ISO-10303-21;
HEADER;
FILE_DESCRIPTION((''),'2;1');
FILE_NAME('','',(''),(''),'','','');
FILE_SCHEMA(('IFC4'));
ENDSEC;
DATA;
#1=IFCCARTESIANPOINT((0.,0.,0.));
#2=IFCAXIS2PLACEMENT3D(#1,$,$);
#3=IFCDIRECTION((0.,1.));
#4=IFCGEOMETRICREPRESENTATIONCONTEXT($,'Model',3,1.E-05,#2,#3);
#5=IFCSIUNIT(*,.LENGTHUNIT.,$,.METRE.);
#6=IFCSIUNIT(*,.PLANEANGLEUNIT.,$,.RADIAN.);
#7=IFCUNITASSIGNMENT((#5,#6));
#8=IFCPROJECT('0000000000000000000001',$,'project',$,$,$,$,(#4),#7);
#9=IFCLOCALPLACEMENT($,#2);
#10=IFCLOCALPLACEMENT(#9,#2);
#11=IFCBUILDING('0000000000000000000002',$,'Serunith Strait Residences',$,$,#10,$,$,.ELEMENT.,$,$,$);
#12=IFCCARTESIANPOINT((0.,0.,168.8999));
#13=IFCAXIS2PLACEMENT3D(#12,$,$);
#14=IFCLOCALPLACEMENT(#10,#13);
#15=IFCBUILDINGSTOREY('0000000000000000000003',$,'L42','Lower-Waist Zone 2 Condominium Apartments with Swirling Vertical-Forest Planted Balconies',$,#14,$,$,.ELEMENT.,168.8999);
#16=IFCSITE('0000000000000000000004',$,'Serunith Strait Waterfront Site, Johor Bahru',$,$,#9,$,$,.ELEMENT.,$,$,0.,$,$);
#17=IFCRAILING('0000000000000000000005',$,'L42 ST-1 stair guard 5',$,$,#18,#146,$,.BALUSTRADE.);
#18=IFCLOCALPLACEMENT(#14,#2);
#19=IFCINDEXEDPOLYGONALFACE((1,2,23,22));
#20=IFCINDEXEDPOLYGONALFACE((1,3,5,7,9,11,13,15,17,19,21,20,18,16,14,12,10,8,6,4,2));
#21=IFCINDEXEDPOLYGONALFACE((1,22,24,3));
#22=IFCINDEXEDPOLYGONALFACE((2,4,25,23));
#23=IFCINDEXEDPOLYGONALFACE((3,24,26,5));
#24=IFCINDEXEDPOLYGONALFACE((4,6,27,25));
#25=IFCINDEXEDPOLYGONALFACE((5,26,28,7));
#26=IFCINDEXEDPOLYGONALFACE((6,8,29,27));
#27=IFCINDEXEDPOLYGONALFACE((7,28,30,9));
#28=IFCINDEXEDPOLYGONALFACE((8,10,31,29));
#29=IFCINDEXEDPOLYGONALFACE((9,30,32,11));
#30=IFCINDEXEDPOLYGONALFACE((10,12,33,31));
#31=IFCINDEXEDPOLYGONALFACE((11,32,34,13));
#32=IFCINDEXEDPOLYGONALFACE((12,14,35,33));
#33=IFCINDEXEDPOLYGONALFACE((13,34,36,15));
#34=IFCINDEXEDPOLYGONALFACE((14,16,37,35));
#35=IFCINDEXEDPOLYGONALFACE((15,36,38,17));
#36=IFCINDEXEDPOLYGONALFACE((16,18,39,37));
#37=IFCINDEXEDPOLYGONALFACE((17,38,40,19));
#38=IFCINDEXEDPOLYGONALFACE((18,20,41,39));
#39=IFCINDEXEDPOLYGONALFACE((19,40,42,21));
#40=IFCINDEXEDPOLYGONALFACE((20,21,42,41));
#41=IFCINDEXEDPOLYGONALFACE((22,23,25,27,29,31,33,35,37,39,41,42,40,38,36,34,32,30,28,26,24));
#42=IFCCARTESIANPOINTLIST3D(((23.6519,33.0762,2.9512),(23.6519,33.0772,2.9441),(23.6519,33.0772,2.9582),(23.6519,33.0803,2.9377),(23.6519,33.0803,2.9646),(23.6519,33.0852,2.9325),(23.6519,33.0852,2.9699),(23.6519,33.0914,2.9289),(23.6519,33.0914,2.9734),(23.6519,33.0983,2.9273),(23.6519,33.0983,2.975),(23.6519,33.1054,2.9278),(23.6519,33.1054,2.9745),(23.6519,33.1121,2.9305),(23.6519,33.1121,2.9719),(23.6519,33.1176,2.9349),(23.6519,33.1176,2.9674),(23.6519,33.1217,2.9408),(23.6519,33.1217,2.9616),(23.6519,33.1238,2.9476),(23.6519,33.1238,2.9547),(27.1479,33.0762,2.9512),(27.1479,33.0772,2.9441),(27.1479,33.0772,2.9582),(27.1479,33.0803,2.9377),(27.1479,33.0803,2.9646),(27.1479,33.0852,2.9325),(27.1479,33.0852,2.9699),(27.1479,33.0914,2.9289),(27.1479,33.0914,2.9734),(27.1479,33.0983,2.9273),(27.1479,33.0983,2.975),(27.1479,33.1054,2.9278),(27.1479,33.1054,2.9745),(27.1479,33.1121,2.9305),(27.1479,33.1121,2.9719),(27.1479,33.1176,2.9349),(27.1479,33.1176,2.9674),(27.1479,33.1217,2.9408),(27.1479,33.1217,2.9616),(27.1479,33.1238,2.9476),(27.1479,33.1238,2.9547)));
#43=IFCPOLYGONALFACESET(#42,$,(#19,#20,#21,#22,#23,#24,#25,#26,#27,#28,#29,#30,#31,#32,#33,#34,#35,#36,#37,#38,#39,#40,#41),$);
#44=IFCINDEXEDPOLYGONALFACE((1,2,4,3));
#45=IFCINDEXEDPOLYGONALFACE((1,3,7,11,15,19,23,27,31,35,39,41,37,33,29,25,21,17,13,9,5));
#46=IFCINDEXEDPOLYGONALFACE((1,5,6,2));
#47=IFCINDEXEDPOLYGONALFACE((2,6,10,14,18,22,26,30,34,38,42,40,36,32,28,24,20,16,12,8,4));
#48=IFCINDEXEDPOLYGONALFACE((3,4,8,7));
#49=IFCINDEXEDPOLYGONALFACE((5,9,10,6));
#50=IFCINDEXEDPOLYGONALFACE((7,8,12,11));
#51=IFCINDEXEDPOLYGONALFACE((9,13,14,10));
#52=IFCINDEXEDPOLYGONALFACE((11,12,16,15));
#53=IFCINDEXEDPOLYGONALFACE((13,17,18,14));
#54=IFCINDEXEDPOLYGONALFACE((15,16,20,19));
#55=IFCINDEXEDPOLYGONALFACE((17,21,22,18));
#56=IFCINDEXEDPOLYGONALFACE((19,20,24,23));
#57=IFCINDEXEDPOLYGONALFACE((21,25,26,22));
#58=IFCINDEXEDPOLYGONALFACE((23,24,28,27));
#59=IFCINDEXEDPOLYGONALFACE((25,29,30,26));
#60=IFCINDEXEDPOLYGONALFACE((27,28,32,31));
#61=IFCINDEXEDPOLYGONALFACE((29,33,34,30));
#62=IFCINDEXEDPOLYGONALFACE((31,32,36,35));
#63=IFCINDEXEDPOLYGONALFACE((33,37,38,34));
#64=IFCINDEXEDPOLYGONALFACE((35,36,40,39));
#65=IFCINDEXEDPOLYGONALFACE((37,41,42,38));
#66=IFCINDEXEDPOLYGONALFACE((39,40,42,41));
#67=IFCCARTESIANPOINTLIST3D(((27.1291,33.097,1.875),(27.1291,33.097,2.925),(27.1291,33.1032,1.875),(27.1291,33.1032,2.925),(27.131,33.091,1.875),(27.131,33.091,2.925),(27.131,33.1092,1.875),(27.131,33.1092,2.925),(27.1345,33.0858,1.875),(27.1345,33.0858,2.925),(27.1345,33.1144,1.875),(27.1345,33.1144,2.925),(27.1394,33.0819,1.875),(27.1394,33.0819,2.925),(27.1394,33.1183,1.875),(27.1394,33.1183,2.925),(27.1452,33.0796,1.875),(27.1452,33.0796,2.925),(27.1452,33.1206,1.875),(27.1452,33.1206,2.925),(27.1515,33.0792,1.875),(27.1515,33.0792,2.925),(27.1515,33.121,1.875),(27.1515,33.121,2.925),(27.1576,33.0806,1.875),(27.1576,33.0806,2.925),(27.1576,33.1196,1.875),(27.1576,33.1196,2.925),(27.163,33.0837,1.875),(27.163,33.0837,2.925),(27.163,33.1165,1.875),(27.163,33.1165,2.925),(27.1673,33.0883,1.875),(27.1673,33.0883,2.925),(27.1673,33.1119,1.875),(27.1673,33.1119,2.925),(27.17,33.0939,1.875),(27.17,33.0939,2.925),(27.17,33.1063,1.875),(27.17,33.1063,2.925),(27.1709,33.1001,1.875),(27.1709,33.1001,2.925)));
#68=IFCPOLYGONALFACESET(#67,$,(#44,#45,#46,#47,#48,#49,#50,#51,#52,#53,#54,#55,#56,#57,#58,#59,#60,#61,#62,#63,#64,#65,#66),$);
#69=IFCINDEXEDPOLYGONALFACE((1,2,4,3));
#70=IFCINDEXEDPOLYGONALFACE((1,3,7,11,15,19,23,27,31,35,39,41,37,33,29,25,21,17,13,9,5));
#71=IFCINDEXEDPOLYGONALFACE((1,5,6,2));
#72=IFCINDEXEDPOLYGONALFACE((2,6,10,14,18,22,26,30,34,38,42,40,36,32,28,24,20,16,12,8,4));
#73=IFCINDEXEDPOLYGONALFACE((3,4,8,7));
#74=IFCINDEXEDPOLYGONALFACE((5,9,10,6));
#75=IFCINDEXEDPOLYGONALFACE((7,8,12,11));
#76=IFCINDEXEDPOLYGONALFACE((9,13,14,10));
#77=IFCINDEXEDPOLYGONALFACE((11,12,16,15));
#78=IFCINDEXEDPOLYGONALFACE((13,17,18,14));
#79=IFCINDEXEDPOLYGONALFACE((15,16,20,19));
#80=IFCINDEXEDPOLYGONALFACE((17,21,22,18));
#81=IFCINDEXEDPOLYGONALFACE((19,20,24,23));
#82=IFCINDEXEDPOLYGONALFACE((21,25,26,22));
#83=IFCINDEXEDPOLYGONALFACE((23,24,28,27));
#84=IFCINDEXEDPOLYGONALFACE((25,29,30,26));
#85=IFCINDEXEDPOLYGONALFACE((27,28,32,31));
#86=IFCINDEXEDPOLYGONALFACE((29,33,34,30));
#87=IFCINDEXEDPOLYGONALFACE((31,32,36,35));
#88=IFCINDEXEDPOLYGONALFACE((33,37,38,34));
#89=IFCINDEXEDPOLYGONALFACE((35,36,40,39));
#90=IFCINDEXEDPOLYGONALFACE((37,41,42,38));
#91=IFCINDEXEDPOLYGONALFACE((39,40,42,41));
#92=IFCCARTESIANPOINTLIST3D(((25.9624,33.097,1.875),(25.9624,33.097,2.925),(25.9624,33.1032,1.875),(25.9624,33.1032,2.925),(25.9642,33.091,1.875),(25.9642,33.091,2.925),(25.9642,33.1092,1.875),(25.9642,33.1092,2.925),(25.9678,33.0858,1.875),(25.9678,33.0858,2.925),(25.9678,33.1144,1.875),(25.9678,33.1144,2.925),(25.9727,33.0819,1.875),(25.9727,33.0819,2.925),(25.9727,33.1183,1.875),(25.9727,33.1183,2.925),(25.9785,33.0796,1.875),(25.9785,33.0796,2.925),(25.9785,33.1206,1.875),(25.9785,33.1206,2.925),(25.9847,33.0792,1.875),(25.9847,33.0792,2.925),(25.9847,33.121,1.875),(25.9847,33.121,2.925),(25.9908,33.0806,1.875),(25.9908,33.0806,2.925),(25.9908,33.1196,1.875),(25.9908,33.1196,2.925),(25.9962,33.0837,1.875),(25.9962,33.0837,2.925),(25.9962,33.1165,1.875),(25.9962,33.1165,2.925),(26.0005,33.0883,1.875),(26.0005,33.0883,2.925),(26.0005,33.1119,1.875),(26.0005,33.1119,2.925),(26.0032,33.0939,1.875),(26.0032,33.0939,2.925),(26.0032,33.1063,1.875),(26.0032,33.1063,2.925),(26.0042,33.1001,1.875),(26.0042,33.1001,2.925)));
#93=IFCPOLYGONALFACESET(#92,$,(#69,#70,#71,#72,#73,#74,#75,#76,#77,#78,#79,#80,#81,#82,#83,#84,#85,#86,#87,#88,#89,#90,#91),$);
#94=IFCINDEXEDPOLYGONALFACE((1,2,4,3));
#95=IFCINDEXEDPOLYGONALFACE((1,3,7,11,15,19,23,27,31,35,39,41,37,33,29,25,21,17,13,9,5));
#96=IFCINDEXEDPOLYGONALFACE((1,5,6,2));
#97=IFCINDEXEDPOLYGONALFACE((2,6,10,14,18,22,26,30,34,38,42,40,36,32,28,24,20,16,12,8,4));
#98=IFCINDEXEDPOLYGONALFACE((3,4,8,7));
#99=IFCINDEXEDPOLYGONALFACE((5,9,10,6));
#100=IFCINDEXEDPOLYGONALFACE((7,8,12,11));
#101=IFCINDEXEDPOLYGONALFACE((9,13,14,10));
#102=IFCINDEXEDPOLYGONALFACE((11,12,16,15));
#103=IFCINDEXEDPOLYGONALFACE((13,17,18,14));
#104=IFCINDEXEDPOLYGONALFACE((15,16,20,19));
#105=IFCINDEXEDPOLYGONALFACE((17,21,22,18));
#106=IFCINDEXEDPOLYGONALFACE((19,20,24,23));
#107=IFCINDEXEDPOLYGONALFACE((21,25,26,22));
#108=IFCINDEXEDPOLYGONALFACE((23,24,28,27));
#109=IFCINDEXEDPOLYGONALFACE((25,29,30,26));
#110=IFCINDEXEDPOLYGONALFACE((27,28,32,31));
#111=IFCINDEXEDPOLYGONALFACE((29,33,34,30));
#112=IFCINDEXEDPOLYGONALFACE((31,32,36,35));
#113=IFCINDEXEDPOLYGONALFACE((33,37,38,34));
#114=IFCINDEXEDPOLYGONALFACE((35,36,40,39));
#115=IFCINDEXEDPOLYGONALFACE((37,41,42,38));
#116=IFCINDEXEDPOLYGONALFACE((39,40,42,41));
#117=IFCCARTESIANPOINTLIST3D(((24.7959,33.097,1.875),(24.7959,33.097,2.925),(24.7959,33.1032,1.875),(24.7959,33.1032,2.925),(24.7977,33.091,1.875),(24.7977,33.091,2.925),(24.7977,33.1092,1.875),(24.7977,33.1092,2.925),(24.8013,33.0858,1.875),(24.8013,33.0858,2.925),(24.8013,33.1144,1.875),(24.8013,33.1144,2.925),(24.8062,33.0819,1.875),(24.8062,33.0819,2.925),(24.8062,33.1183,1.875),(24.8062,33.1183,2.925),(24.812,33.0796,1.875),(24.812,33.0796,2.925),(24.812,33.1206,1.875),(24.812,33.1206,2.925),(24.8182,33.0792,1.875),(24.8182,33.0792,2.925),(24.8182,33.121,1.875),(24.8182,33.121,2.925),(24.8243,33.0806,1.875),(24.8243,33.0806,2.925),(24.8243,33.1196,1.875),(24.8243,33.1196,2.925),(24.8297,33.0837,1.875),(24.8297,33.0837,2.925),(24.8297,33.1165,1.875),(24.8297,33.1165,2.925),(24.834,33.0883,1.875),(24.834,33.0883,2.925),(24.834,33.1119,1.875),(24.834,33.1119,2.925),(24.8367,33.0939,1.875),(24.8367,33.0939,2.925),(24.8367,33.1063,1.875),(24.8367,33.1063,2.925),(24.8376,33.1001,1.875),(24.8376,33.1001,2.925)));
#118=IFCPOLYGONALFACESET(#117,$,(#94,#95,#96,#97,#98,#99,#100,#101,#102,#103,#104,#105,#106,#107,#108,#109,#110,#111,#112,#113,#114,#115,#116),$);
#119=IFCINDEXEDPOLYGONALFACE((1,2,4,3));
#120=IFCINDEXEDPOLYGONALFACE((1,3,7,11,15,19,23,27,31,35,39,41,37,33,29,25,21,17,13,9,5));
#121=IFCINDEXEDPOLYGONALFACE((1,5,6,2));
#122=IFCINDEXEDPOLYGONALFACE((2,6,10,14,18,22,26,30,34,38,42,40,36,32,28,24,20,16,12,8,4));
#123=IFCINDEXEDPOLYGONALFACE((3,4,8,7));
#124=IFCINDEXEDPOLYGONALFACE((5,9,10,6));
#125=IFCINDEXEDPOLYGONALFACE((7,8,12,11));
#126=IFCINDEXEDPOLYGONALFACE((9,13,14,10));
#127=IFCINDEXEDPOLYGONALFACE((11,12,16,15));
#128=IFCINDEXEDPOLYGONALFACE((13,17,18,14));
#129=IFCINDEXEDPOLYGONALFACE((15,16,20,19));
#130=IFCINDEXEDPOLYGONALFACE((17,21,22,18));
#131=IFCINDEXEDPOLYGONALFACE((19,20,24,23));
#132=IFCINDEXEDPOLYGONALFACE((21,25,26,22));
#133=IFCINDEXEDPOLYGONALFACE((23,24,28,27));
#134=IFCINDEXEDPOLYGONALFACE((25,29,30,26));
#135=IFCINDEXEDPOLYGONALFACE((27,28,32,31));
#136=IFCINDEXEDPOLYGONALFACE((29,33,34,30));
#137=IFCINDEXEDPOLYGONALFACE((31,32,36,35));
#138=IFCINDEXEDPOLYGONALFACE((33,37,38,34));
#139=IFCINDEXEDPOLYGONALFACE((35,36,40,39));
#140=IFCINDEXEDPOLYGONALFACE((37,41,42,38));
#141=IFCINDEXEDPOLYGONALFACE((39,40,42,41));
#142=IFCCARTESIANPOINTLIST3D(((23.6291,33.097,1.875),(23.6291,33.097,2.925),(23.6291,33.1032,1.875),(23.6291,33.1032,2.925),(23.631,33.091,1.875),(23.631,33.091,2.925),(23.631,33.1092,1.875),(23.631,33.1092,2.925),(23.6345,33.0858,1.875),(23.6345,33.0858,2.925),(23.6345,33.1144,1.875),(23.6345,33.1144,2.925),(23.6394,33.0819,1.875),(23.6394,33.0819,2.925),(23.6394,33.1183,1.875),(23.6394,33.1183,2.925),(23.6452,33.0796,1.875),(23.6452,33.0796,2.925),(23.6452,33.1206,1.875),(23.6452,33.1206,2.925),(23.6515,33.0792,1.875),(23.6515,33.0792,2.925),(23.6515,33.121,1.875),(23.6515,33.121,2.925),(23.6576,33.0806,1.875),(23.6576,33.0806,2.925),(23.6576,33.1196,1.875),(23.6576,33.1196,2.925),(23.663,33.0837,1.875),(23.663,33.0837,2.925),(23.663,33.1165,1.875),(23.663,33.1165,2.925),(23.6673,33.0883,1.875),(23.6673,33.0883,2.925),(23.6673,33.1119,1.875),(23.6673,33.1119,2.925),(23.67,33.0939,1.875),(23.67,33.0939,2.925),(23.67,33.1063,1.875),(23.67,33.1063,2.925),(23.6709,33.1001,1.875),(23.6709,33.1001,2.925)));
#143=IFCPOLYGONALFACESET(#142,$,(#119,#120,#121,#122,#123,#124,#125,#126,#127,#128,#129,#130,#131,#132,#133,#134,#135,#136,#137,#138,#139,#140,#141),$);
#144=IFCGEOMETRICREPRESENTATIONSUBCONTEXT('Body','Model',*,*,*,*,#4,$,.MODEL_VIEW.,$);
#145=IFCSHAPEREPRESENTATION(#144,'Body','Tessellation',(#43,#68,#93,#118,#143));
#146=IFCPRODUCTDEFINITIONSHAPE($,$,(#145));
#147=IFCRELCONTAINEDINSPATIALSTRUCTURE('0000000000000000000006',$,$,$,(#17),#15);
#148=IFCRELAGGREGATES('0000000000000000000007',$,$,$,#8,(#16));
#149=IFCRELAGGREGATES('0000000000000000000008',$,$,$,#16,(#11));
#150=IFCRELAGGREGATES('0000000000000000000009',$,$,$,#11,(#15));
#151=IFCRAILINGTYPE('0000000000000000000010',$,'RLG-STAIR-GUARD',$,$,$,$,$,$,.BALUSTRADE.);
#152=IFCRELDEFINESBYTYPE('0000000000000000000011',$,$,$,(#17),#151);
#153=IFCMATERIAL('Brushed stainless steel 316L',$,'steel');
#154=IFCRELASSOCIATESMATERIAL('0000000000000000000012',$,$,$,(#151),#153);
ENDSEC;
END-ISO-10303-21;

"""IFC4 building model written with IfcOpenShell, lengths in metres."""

from ifc_helpers import new_model, si_unit, direction, frame, origin, origin_2d, place, context, subcontext, project, spatial, circle, extrude, material, type_object, element, save


model = new_model("IFC4")

# Units and contexts
model_context = context("Model", 3, precision=1e-05, world=origin(), true_north=direction((0.0, 1.0)))
body_context = subcontext(model_context, "Body", "Model", "MODEL_VIEW")
ifc_project = project(units=[si_unit("LENGTHUNIT", "METRE"), si_unit("PLANEANGLEUNIT", "RADIAN")], contexts=[model_context])

# Site, building, storey
site_placement = place(None, origin())
site = spatial("IfcSite", under=ifc_project, at=site_placement, Name="Serunith Strait Waterfront Site, Johor Bahru", CompositionType="ELEMENT", RefElevation=0.0)
building_placement = place(site_placement, origin())
building = spatial("IfcBuilding", under=site, at=building_placement, Name="Serunith Strait Residences", CompositionType="ELEMENT")
storey_placement = place(building_placement, frame((0.0, 0.0, 168.8999)))
storey = spatial("IfcBuildingStorey", under=building, at=storey_placement, Name="L42", Description="Lower-Waist Zone 2 Condominium Apartments with Swirling Vertical-Forest Planted Balconies", CompositionType="ELEMENT", Elevation=168.8999)

# Railing
ifc_material_1 = material(Name="Brushed stainless steel 316L", Category="steel")
railing_type_1 = type_object("IfcRailingType", Name="RLG-STAIR-GUARD", PredefinedType="BALUSTRADE", material=ifc_material_1)
railing_1_placement = place(storey_placement, frame((27.1499, 33.1001, 1.875)))
element("IfcRailing", 1, at=railing_1_placement, inside=storey, type_object=railing_type_1, Name="L42 ST-1 stair guard 5", PredefinedType="BALUSTRADE", context=body_context, shape_type="SweptSolid", body=[
    extrude(circle(Radius=0.0239, at=origin_2d()), frame((-0.002, 0.0, 1.0762), z_axis=(-1.0, 0.0, 0.0), x_axis=(0.0, -1.0, 0.0)), (0.0, 0.0, 1.0), 3.4961),
    extrude(circle(Radius=0.021, at=origin_2d()), origin(), (0.0, 0.0, 1.0), 1.05),
    extrude(circle(Radius=0.021, at=origin_2d()), frame((-1.1667, 0.0, 0.0)), (0.0, 0.0, 1.0), 1.05),
    extrude(circle(Radius=0.021, at=origin_2d()), frame((-2.3333, 0.0, 0.0)), (0.0, 0.0, 1.0), 1.05),
    extrude(circle(Radius=0.021, at=origin_2d()), frame((-3.5, 0.0, 0.0)), (0.0, 0.0, 1.0), 1.05),
])

save(model, "model.ifc")
